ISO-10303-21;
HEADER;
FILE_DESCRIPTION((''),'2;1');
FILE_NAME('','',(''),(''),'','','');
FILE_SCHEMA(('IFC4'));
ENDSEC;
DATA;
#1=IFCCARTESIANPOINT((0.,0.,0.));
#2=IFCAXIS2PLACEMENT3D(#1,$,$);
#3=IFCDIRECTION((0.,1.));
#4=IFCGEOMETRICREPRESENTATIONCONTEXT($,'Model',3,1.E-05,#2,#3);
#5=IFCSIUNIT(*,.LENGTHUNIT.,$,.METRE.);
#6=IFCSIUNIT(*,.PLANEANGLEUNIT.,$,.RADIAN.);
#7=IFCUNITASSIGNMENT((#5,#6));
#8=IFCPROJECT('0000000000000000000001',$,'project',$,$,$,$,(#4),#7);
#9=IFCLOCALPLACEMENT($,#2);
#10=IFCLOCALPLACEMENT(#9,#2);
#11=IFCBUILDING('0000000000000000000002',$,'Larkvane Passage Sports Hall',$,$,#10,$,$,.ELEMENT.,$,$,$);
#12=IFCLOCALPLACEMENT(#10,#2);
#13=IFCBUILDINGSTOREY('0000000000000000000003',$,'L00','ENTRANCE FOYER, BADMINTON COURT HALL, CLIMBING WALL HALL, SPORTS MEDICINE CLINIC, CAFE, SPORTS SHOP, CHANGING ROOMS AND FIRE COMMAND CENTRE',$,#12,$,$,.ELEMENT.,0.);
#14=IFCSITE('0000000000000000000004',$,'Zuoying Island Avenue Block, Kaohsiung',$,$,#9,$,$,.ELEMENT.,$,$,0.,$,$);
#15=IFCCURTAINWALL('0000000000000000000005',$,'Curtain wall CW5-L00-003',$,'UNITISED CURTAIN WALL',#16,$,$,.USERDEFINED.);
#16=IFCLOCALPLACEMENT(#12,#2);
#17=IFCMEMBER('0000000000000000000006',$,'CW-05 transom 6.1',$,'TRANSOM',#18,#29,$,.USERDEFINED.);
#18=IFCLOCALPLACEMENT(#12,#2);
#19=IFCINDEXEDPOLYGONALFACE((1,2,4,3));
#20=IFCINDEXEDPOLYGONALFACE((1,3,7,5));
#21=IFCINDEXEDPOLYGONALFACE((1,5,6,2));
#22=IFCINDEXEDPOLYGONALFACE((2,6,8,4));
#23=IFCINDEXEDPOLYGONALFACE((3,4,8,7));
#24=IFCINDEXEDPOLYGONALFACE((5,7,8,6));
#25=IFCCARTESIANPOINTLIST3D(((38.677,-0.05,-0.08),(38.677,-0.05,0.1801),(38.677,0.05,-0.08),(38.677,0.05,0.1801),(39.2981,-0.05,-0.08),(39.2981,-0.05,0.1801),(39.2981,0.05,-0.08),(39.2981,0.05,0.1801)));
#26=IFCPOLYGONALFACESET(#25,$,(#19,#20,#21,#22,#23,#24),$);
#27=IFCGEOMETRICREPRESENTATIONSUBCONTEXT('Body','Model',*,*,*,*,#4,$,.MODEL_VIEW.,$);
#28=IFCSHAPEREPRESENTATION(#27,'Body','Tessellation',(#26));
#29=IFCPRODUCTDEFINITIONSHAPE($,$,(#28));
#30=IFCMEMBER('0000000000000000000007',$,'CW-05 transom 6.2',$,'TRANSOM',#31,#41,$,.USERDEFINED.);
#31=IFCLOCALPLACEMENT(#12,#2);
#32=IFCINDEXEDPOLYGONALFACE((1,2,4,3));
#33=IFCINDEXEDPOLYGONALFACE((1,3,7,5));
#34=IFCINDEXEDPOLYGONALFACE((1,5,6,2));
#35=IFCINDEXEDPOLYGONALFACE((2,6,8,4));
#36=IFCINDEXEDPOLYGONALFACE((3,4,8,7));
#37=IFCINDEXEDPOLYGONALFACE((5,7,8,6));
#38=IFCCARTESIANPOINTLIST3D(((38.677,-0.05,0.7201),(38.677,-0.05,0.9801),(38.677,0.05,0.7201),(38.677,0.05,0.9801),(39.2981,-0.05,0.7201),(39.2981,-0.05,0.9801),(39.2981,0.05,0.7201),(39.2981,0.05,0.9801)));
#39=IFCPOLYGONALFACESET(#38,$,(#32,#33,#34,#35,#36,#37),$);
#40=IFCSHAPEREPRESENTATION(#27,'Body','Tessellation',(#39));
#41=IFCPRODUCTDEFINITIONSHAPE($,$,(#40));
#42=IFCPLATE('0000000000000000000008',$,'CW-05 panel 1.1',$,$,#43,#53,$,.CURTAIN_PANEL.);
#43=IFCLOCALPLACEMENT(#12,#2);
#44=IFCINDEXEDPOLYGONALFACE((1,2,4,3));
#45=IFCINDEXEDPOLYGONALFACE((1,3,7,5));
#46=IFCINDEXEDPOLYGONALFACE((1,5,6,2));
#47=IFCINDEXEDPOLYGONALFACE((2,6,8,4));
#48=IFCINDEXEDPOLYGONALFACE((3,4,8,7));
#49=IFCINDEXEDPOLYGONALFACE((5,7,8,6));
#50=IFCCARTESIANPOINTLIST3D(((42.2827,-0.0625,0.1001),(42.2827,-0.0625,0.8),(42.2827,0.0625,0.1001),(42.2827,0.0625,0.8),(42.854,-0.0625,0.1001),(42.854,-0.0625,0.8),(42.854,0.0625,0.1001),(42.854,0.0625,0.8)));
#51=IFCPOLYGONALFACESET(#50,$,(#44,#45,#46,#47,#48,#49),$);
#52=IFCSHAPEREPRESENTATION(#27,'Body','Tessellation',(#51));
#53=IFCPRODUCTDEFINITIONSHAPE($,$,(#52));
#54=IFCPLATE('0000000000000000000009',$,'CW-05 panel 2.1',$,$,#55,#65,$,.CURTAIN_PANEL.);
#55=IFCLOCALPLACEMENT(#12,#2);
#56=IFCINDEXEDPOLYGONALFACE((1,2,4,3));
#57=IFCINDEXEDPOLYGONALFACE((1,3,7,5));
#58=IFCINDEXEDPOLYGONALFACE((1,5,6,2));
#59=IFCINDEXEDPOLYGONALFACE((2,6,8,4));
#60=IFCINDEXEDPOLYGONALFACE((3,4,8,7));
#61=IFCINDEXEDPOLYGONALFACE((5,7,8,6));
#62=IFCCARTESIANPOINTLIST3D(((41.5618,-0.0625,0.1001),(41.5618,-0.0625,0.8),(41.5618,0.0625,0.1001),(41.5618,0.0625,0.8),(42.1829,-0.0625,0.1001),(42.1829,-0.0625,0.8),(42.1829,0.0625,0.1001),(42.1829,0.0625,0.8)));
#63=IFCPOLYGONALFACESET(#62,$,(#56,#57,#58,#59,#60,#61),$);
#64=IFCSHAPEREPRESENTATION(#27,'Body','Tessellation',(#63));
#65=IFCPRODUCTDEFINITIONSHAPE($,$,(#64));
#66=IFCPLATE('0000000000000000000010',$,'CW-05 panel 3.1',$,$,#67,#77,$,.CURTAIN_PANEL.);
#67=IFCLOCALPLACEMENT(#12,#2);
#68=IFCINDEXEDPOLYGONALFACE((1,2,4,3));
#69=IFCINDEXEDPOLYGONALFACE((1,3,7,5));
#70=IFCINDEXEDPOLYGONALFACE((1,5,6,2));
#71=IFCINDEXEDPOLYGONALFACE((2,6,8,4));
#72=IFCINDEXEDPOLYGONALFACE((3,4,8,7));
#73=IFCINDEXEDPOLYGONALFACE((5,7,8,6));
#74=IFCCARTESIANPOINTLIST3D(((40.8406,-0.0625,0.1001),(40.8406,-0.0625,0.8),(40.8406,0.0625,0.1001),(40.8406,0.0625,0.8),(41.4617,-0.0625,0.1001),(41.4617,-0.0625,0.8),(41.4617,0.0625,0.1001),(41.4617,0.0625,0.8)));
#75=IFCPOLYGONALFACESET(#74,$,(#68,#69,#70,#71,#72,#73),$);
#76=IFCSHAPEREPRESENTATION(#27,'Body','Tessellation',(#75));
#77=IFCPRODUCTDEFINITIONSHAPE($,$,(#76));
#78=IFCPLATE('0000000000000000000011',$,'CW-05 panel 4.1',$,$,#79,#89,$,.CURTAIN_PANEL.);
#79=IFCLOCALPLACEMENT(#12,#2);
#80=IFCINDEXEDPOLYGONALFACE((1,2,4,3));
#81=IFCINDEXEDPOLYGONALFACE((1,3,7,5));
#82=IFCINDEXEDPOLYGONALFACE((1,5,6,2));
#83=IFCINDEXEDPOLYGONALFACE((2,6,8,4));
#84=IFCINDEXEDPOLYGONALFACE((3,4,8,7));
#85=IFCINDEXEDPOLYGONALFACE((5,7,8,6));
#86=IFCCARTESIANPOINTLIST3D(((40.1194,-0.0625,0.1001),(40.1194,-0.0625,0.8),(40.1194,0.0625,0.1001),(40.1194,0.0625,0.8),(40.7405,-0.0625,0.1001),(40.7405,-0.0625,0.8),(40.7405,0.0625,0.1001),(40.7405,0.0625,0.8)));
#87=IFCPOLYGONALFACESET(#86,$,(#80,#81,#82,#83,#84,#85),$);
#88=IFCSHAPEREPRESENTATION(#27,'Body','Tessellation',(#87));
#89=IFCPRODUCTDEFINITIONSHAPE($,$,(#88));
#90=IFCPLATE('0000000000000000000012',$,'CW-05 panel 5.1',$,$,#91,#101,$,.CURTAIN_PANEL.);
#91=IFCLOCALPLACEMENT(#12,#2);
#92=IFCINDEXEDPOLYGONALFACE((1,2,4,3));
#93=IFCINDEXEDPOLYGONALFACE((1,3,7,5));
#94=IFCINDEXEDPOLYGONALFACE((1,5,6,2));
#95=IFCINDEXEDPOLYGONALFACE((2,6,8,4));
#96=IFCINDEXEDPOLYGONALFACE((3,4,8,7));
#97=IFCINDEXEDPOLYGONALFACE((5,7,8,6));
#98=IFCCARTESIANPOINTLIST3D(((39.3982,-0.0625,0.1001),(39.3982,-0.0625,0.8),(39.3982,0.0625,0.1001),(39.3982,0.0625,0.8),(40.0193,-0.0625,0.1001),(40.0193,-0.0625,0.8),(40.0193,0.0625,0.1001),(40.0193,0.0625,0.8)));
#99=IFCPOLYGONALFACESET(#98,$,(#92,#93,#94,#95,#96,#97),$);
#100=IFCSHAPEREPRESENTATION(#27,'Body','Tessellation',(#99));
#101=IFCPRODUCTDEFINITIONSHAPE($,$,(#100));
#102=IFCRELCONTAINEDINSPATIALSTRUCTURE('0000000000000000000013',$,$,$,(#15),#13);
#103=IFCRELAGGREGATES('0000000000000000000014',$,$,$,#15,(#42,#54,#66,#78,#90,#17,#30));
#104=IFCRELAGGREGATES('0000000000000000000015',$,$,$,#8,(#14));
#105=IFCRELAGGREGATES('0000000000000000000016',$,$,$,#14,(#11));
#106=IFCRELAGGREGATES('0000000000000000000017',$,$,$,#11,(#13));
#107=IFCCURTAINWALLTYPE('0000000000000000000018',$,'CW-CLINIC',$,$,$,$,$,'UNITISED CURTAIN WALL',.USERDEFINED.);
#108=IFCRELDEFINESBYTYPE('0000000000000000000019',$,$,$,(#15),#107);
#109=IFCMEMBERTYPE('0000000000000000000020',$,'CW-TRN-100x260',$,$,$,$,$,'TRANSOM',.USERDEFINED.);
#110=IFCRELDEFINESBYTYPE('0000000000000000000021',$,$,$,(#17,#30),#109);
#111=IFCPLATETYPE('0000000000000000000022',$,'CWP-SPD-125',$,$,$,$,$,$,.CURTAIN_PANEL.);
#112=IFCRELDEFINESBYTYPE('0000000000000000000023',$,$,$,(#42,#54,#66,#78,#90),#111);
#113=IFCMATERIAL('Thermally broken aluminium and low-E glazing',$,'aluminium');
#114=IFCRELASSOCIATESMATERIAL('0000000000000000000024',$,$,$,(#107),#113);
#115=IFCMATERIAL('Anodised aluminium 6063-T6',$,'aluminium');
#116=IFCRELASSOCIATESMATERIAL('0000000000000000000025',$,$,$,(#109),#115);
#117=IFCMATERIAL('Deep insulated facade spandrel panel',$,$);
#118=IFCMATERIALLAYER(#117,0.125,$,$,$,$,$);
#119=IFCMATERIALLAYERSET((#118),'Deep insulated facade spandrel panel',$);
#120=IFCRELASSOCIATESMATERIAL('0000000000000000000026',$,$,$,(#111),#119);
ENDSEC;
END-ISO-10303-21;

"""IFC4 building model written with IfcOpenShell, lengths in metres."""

from ifc_helpers import new_model, si_unit, direction, frame, origin, origin_2d, place, context, subcontext, project, spatial, rectangle, extrude, material, layer, layer_set, material_profile, profile_set, type_object, element, aggregate, save


model = new_model("IFC4")

# Units and contexts
model_context = context("Model", 3, precision=1e-05, world=origin(), true_north=direction((0.0, 1.0)))
body_context = subcontext(model_context, "Body", "Model", "MODEL_VIEW")
ifc_project = project(units=[si_unit("LENGTHUNIT", "METRE"), si_unit("PLANEANGLEUNIT", "RADIAN")], contexts=[model_context])

# Site, building, storey
site_placement = place(None, origin())
site = spatial("IfcSite", under=ifc_project, at=site_placement, Name="Zuoying Island Avenue Block, Kaohsiung", CompositionType="ELEMENT", RefElevation=0.0)
building_placement = place(site_placement, origin())
building = spatial("IfcBuilding", under=site, at=building_placement, Name="Larkvane Passage Sports Hall", CompositionType="ELEMENT")
storey_placement = place(building_placement, origin())
storey = spatial("IfcBuildingStorey", under=building, at=storey_placement, Name="L00", Description="ENTRANCE FOYER, BADMINTON COURT HALL, CLIMBING WALL HALL, SPORTS MEDICINE CLINIC, CAFE, SPORTS SHOP, CHANGING ROOMS AND FIRE COMMAND CENTRE", CompositionType="ELEMENT", Elevation=0.0)

# Curtain wall, members, plates
ifc_material_1 = material(Name="Thermally broken aluminium and low-E glazing", Category="aluminium")
curtain_wall_type = type_object("IfcCurtainWallType", Name="CW-CLINIC", ElementType="UNITISED CURTAIN WALL", PredefinedType="USERDEFINED", material=ifc_material_1)
curtain_wall_placement = place(storey_placement, origin())
curtain_wall = element("IfcCurtainWall", 1, at=curtain_wall_placement, inside=storey, type_object=curtain_wall_type, Name="Curtain wall CW5-L00-003", ObjectType="UNITISED CURTAIN WALL", PredefinedType="USERDEFINED")
ifc_material_2 = material(Name="Anodised aluminium 6063-T6", Category="aluminium")
ifc_material_profile_1 = material_profile(ifc_material_2, rectangle(XDim=0.1001, YDim=0.26, at=origin_2d()), Name="ALU-TRN-100x260")
ifc_profile_set_1 = profile_set([ifc_material_profile_1], Name="Anodised aluminium 6063-T6")
member_type_1 = type_object("IfcMemberType", Name="CW-TRN-100x260", ElementType="TRANSOM", PredefinedType="USERDEFINED", material=ifc_profile_set_1)
member_1_placement = place(storey_placement, frame((39.2981, 0.0, 0.05), z_axis=(-1.0, 0.0, 0.0), x_axis=(0.0, -1.0, 0.0)))
member_1 = element("IfcMember", 2, at=member_1_placement, type_object=member_type_1, Name="CW-05 transom 6.1", ObjectType="TRANSOM", PredefinedType="USERDEFINED", context=body_context, shape_type="SweptSolid", body=[
    extrude(rectangle(XDim=0.1001, YDim=0.26, at=origin_2d()), origin(), (0.0, 0.0, 1.0), 0.6211),
])
member_2_placement = place(storey_placement, frame((39.2981, 0.0, 0.8501), z_axis=(-1.0, 0.0, 0.0), x_axis=(0.0, -1.0, 0.0)))
member_2 = element("IfcMember", 3, at=member_2_placement, type_object=member_type_1, Name="CW-05 transom 6.2", ObjectType="TRANSOM", PredefinedType="USERDEFINED", context=body_context, shape_type="SweptSolid", body=[
    extrude(rectangle(XDim=0.1001, YDim=0.26, at=origin_2d()), origin(), (0.0, 0.0, 1.0), 0.6211),
])
ifc_material_3 = material(Name="Deep insulated facade spandrel panel")
ifc_layer = layer(ifc_material_3, 0.125)
ifc_layer_set = layer_set([ifc_layer], Name="Deep insulated facade spandrel panel")
plate_type = type_object("IfcPlateType", Name="CWP-SPD-125", PredefinedType="CURTAIN_PANEL", material=ifc_layer_set)
plate_1_placement = place(storey_placement, frame((42.5684, 0.0, 0.1001), z_axis=(0.0, 0.0, 1.0), x_axis=(-1.0, 0.0, 0.0)))
plate_1 = element("IfcPlate", 4, at=plate_1_placement, type_object=plate_type, Name="CW-05 panel 1.1", PredefinedType="CURTAIN_PANEL", context=body_context, shape_type="SweptSolid", body=[
    extrude(rectangle(XDim=0.5713, YDim=0.125, at=origin_2d()), origin(), (0.0, 0.0, 1.0), 0.7),
])
plate_2_placement = place(storey_placement, frame((41.8723, 0.0, 0.1001), z_axis=(0.0, 0.0, 1.0), x_axis=(-1.0, 0.0, 0.0)))
plate_2 = element("IfcPlate", 5, at=plate_2_placement, type_object=plate_type, Name="CW-05 panel 2.1", PredefinedType="CURTAIN_PANEL", context=body_context, shape_type="SweptSolid", body=[
    extrude(rectangle(XDim=0.6211, YDim=0.125, at=origin_2d()), origin(), (0.0, 0.0, 1.0), 0.7),
])
plate_3_placement = place(storey_placement, frame((41.1511, 0.0, 0.1001), z_axis=(0.0, 0.0, 1.0), x_axis=(-1.0, 0.0, 0.0)))
plate_3 = element("IfcPlate", 6, at=plate_3_placement, type_object=plate_type, Name="CW-05 panel 3.1", PredefinedType="CURTAIN_PANEL", context=body_context, shape_type="SweptSolid", body=[
    extrude(rectangle(XDim=0.6211, YDim=0.125, at=origin_2d()), origin(), (0.0, 0.0, 1.0), 0.7),
])
plate_4_placement = place(storey_placement, frame((40.4299, 0.0, 0.1001), z_axis=(0.0, 0.0, 1.0), x_axis=(-1.0, 0.0, 0.0)))
plate_4 = element("IfcPlate", 7, at=plate_4_placement, type_object=plate_type, Name="CW-05 panel 4.1", PredefinedType="CURTAIN_PANEL", context=body_context, shape_type="SweptSolid", body=[
    extrude(rectangle(XDim=0.6211, YDim=0.125, at=origin_2d()), origin(), (0.0, 0.0, 1.0), 0.7),
])
plate_5_placement = place(storey_placement, frame((39.7087, 0.0, 0.1001), z_axis=(0.0, 0.0, 1.0), x_axis=(-1.0, 0.0, 0.0)))
plate_5 = element("IfcPlate", 8, at=plate_5_placement, type_object=plate_type, Name="CW-05 panel 5.1", PredefinedType="CURTAIN_PANEL", context=body_context, shape_type="SweptSolid", body=[
    extrude(rectangle(XDim=0.6211, YDim=0.125, at=origin_2d()), origin(), (0.0, 0.0, 1.0), 0.7),
])
aggregate(curtain_wall, [plate_1, plate_2, plate_3, plate_4, plate_5, member_1, member_2])

save(model, "model.ifc")
